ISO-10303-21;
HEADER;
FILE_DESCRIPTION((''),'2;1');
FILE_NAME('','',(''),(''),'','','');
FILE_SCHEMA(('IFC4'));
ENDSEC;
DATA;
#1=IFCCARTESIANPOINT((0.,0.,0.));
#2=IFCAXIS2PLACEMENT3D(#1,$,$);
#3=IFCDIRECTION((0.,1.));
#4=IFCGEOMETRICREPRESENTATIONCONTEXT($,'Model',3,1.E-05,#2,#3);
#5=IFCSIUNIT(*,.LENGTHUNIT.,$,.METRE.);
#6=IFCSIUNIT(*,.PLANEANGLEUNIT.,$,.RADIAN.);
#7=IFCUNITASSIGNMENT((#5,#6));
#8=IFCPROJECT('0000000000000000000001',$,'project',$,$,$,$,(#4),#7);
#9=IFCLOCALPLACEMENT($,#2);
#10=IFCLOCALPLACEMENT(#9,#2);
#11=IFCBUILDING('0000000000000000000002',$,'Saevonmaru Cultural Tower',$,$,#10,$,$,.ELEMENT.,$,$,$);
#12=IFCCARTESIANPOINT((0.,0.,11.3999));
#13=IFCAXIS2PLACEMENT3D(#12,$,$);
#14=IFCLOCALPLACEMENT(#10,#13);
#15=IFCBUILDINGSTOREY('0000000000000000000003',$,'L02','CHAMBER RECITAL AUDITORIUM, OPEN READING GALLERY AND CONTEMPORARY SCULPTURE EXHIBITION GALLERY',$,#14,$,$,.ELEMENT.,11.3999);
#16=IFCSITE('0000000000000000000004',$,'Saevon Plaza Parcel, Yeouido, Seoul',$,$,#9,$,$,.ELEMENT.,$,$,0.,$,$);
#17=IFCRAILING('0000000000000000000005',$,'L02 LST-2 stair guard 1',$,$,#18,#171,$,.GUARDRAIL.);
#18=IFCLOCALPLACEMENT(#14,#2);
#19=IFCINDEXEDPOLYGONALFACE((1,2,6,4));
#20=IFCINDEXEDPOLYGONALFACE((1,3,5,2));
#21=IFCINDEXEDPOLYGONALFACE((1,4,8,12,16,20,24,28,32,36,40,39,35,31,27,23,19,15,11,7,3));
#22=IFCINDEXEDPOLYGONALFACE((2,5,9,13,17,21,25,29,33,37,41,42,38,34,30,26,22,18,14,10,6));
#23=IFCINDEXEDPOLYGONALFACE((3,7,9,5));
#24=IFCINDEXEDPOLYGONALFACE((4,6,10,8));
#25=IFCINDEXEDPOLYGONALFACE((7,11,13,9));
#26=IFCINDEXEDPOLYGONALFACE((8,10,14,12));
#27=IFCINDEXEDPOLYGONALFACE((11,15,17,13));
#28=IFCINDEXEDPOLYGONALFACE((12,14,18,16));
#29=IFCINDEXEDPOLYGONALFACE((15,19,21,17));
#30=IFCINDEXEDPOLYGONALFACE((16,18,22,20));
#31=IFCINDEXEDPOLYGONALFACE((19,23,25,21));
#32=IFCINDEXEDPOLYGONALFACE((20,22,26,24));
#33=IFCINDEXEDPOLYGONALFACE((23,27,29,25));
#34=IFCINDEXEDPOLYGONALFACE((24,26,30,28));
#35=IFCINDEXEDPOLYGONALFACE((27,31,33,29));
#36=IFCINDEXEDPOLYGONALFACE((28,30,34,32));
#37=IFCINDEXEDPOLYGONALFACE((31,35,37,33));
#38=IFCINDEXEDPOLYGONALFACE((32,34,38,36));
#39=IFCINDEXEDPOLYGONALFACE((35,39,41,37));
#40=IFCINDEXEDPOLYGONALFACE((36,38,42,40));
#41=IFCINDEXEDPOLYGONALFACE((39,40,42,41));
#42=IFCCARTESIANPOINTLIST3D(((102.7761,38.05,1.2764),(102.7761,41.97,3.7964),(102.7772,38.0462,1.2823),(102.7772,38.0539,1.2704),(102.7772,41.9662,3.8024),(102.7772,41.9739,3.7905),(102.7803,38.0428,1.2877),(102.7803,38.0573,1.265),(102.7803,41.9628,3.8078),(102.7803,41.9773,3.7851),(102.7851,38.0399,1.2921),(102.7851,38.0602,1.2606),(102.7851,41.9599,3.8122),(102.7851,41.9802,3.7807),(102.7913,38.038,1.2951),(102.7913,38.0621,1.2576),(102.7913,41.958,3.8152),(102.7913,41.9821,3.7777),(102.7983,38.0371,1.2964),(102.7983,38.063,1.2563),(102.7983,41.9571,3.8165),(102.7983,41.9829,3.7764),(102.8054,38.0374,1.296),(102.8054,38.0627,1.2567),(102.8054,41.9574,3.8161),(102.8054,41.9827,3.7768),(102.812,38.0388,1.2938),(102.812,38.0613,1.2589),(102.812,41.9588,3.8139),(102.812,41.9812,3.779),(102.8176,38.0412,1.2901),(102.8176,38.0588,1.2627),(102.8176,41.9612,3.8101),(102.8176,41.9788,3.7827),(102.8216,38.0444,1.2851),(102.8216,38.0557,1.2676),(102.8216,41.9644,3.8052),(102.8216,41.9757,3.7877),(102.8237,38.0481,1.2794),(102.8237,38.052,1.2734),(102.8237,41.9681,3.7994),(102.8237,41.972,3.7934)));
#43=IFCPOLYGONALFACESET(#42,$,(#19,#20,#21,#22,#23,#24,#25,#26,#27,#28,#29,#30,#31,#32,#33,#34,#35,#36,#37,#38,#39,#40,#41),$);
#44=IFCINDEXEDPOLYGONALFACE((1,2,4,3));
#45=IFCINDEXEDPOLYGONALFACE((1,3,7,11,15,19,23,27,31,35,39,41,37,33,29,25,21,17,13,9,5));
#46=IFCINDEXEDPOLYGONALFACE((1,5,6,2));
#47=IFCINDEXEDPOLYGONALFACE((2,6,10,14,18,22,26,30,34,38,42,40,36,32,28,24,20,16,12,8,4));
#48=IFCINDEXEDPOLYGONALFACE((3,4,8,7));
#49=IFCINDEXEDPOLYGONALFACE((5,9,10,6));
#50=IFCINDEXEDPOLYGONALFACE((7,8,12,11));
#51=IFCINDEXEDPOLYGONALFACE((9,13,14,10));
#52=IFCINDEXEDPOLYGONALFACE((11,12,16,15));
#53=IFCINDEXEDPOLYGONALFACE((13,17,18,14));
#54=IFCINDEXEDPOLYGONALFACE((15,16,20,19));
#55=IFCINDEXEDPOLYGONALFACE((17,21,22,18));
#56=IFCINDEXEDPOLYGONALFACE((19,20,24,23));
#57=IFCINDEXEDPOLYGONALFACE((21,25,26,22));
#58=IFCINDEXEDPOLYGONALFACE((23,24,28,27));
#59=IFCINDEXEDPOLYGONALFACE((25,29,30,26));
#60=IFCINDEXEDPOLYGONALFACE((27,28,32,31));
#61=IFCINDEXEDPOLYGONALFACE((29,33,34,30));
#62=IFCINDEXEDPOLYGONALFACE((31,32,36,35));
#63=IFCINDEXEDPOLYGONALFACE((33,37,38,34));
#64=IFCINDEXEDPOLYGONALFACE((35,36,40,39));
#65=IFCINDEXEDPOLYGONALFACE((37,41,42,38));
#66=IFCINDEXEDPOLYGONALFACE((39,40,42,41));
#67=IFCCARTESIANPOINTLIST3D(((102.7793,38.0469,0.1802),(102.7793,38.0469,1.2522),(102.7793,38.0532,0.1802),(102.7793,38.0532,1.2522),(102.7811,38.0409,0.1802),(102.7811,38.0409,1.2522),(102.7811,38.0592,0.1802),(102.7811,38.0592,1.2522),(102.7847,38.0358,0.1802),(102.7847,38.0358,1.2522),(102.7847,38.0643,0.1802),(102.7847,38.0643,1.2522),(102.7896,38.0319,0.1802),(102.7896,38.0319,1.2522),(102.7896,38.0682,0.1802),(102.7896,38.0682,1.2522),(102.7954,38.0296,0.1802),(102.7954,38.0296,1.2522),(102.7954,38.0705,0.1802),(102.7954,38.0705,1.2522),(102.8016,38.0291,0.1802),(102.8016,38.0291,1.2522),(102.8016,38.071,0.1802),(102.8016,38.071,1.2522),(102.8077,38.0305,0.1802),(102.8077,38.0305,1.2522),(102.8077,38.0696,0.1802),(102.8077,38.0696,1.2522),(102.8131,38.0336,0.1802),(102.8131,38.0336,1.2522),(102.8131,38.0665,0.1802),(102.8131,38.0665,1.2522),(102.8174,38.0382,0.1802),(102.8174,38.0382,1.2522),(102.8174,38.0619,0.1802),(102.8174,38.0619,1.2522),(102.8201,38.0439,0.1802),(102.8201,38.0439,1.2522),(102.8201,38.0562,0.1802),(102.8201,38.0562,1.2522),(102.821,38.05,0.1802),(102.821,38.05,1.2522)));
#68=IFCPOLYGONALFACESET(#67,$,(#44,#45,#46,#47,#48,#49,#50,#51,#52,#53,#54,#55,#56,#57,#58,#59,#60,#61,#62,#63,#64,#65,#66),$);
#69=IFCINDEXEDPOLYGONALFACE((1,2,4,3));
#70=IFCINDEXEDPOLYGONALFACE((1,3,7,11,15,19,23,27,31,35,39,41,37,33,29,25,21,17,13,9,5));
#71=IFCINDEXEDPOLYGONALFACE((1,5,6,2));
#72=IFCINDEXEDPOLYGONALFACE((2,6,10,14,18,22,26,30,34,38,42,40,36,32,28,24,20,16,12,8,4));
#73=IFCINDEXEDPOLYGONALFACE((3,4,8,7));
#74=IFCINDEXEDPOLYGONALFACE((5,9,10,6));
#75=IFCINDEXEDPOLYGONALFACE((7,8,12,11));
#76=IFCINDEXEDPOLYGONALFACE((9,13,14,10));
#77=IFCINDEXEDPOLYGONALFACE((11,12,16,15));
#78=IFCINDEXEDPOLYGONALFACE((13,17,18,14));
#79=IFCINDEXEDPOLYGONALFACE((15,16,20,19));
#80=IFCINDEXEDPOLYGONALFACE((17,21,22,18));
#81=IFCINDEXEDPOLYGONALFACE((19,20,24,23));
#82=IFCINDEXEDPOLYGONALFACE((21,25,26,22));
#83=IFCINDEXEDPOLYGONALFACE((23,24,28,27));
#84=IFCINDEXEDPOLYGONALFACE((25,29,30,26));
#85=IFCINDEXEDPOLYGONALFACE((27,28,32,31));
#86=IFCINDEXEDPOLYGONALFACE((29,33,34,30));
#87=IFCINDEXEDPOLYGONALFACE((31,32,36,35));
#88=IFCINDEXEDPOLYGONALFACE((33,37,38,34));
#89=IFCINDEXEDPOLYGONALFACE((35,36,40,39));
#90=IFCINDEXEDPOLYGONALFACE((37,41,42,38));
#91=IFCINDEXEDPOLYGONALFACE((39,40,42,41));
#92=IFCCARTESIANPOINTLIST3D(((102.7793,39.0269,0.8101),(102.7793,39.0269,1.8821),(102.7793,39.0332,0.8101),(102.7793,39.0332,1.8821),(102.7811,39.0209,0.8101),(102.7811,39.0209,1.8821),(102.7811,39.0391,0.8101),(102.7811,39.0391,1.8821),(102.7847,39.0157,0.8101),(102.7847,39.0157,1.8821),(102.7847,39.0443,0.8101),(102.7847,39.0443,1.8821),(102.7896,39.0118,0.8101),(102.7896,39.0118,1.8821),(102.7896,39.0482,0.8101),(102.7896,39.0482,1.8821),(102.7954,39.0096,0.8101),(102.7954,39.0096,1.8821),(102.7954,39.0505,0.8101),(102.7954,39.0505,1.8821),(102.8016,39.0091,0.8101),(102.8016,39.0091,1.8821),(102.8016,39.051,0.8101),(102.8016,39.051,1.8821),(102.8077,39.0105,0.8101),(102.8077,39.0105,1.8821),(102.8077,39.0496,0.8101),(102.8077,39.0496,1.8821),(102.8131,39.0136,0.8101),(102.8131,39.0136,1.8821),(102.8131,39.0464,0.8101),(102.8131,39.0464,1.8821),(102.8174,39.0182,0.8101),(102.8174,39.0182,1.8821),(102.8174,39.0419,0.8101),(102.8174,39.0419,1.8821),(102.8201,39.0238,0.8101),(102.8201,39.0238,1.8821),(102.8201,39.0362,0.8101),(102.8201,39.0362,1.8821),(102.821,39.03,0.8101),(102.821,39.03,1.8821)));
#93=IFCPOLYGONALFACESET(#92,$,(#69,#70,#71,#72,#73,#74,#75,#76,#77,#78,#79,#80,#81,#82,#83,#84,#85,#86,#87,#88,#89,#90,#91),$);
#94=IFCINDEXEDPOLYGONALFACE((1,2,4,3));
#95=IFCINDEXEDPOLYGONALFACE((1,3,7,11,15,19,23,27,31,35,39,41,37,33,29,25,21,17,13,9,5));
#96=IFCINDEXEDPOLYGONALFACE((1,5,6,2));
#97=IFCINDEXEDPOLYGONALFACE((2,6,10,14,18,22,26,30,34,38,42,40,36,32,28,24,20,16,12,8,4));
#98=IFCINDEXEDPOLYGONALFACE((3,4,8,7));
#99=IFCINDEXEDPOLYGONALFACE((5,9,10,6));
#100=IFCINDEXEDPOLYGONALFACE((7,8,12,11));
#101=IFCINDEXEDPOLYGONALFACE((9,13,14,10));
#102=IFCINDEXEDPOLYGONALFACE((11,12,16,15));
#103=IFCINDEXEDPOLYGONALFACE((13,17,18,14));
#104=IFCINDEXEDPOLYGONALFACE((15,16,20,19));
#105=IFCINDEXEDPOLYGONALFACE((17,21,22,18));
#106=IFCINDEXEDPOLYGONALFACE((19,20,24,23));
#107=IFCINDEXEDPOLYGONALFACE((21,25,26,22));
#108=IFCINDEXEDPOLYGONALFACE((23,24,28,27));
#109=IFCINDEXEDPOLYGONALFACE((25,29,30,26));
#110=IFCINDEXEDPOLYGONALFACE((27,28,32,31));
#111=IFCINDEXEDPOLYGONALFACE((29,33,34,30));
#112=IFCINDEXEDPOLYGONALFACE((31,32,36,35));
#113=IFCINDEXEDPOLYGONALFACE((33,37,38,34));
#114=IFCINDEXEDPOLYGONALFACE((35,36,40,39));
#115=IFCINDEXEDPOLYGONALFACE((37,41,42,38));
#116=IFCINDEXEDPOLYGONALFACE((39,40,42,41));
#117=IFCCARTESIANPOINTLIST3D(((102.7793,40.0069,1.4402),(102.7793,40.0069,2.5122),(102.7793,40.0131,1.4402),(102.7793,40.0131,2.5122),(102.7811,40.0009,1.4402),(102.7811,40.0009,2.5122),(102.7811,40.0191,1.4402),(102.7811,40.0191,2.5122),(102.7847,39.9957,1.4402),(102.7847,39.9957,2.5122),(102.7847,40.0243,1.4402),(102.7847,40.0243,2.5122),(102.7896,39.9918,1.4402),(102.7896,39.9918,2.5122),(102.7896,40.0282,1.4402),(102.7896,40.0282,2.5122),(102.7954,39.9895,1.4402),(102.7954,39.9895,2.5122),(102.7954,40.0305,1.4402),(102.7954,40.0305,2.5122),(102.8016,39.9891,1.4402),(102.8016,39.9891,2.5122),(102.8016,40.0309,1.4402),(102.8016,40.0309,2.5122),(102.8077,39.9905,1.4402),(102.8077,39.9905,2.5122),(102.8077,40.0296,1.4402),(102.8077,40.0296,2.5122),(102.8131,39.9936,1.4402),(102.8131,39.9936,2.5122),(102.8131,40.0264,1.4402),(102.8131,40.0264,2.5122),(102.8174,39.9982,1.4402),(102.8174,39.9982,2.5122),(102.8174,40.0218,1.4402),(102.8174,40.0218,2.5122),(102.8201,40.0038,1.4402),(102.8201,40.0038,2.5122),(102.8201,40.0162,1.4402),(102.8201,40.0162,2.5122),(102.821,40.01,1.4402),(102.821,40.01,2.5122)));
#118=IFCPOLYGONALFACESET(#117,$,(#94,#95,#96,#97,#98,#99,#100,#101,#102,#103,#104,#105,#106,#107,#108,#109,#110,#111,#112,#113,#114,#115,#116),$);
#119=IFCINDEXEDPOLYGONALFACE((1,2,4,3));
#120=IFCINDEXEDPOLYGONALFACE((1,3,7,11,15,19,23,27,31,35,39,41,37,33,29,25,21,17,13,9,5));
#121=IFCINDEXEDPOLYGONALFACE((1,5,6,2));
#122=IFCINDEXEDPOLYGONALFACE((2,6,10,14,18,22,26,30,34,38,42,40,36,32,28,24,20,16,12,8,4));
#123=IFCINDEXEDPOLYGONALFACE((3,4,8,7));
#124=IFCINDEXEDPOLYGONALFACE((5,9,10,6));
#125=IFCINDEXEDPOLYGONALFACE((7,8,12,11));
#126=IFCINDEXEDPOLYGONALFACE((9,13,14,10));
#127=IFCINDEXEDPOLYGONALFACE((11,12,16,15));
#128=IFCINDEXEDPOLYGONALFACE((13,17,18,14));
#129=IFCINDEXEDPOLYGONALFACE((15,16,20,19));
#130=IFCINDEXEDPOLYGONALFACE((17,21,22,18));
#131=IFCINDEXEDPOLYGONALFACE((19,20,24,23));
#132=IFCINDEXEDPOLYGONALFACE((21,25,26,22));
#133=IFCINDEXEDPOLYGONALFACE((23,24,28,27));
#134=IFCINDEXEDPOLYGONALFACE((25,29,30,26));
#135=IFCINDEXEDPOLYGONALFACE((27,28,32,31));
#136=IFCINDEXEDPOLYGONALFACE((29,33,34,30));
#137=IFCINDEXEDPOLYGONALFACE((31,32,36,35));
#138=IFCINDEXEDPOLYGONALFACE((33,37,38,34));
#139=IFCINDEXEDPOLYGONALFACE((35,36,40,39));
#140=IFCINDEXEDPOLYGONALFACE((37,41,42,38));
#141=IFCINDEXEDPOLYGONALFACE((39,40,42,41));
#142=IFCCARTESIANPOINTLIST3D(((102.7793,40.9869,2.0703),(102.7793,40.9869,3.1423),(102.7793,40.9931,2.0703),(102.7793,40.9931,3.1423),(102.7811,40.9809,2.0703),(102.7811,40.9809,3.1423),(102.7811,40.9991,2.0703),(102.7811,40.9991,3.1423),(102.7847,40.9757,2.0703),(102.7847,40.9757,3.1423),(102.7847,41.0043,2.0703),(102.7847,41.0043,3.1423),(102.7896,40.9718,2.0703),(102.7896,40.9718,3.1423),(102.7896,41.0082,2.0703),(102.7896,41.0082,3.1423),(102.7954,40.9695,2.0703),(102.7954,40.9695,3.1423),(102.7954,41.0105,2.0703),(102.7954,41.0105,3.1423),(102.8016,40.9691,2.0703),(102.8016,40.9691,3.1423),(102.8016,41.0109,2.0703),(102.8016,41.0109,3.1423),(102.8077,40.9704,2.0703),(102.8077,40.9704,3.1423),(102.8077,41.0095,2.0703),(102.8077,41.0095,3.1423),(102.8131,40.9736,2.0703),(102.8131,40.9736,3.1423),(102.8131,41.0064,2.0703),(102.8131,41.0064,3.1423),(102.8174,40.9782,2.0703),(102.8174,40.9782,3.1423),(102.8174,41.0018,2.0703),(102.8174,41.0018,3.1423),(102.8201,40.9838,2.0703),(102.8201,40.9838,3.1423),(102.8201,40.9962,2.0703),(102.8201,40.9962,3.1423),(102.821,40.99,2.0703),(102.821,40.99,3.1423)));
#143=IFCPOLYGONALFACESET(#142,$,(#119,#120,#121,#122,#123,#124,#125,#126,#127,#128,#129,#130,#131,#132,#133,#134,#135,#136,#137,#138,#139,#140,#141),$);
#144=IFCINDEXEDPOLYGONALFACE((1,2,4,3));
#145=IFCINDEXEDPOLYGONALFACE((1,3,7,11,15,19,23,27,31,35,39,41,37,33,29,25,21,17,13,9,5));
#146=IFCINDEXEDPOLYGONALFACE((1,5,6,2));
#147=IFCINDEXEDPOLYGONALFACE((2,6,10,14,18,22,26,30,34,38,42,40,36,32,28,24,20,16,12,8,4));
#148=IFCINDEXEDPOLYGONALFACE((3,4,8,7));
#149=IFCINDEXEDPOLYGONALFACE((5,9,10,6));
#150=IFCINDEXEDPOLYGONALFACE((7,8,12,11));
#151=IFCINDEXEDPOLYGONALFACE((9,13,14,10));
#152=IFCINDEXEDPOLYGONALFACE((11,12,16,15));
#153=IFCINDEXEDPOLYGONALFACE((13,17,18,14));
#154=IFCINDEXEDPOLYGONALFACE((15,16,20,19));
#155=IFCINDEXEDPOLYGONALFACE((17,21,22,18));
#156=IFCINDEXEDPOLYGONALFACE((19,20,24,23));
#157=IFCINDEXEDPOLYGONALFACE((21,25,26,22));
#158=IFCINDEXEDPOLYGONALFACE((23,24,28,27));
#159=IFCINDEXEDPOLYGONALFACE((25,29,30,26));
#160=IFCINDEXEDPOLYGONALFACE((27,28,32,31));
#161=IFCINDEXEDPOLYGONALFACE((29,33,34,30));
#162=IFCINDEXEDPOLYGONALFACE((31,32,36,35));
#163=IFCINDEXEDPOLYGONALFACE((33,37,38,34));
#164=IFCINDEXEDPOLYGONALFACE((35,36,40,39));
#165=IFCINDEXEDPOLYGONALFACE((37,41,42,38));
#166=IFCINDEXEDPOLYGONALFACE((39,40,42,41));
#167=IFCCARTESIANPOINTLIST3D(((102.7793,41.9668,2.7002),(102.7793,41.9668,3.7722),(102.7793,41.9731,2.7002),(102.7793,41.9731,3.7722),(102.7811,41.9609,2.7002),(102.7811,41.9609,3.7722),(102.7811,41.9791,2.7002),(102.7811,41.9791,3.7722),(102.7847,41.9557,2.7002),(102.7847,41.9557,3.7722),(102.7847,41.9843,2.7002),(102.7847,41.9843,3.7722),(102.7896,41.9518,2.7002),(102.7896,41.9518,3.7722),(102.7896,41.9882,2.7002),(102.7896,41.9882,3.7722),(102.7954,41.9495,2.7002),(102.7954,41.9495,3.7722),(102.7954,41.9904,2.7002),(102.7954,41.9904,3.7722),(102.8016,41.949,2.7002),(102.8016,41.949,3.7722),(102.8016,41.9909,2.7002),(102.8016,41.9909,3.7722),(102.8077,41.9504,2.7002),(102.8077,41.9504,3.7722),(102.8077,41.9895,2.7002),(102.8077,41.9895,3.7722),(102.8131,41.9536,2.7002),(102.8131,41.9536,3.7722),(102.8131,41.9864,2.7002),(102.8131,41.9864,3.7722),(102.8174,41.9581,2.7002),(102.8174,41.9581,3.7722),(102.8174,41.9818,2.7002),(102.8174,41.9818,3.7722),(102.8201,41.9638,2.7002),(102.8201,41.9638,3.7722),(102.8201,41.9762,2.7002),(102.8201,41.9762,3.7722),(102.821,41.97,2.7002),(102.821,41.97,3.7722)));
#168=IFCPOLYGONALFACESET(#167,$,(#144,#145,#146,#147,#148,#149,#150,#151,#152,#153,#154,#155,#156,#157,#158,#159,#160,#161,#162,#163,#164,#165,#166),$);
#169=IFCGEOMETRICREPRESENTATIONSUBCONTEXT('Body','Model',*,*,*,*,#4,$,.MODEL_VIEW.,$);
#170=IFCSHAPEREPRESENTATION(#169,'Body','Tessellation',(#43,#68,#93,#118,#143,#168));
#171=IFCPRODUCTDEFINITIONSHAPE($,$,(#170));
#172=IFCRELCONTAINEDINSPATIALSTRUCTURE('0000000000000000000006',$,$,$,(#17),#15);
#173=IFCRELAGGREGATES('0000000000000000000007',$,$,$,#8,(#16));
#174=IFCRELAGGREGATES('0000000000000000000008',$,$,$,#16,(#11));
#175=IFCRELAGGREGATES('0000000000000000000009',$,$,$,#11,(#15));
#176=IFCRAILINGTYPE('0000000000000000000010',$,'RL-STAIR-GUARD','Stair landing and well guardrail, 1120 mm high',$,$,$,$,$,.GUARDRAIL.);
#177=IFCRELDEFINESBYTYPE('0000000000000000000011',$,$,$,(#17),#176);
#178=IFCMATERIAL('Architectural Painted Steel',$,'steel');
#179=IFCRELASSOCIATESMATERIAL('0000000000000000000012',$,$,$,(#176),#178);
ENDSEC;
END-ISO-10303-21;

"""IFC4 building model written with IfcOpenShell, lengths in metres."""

from ifc_helpers import new_model, si_unit, direction, frame, origin, origin_2d, place, context, subcontext, project, spatial, circle, extrude, material, type_object, element, save


model = new_model("IFC4")

# Units and contexts
model_context = context("Model", 3, precision=1e-05, world=origin(), true_north=direction((0.0, 1.0)))
body_context = subcontext(model_context, "Body", "Model", "MODEL_VIEW")
ifc_project = project(units=[si_unit("LENGTHUNIT", "METRE"), si_unit("PLANEANGLEUNIT", "RADIAN")], contexts=[model_context])

# Site, building, storey
site_placement = place(None, origin())
site = spatial("IfcSite", under=ifc_project, at=site_placement, Name="Saevon Plaza Parcel, Yeouido, Seoul", CompositionType="ELEMENT", RefElevation=0.0)
building_placement = place(site_placement, origin())
building = spatial("IfcBuilding", under=site, at=building_placement, Name="Saevonmaru Cultural Tower", CompositionType="ELEMENT")
storey_placement = place(building_placement, frame((0.0, 0.0, 11.3999)))
storey = spatial("IfcBuildingStorey", under=building, at=storey_placement, Name="L02", Description="CHAMBER RECITAL AUDITORIUM, OPEN READING GALLERY AND CONTEMPORARY SCULPTURE EXHIBITION GALLERY", CompositionType="ELEMENT", Elevation=11.3999)

# Railing
ifc_material_1 = material(Name="Architectural Painted Steel", Category="steel")
railing_type_1 = type_object("IfcRailingType", Name="RL-STAIR-GUARD", Description="Stair landing and well guardrail, 1120 mm high", PredefinedType="GUARDRAIL", material=ifc_material_1)
railing_1_placement = place(storey_placement, frame((102.8, 38.05, 0.1802)))
element("IfcRailing", 1, at=railing_1_placement, inside=storey, type_object=railing_type_1, Name="L02 LST-2 stair guard 1", PredefinedType="GUARDRAIL", context=body_context, shape_type="SweptSolid", body=[
    extrude(circle(Radius=0.0239, at=origin_2d()), frame((0.0, 0.0, 1.0962), z_axis=(0.0, 0.841172, 0.540768), x_axis=(-1.0, 0.0, 0.0)), (0.0, 0.0, 1.0), 4.6602),
    extrude(circle(Radius=0.021, at=origin_2d()), origin(), (0.0, 0.0, 1.0), 1.072),
    extrude(circle(Radius=0.021, at=origin_2d()), frame((0.0, 0.98, 0.6299)), (0.0, 0.0, 1.0), 1.072),
    extrude(circle(Radius=0.021, at=origin_2d()), frame((0.0, 1.96, 1.26)), (0.0, 0.0, 1.0), 1.072),
    extrude(circle(Radius=0.021, at=origin_2d()), frame((0.0, 2.9399, 1.8901)), (0.0, 0.0, 1.0), 1.072),
    extrude(circle(Radius=0.021, at=origin_2d()), frame((0.0, 3.9199, 2.52)), (0.0, 0.0, 1.0), 1.072),
])

save(model, "model.ifc")
